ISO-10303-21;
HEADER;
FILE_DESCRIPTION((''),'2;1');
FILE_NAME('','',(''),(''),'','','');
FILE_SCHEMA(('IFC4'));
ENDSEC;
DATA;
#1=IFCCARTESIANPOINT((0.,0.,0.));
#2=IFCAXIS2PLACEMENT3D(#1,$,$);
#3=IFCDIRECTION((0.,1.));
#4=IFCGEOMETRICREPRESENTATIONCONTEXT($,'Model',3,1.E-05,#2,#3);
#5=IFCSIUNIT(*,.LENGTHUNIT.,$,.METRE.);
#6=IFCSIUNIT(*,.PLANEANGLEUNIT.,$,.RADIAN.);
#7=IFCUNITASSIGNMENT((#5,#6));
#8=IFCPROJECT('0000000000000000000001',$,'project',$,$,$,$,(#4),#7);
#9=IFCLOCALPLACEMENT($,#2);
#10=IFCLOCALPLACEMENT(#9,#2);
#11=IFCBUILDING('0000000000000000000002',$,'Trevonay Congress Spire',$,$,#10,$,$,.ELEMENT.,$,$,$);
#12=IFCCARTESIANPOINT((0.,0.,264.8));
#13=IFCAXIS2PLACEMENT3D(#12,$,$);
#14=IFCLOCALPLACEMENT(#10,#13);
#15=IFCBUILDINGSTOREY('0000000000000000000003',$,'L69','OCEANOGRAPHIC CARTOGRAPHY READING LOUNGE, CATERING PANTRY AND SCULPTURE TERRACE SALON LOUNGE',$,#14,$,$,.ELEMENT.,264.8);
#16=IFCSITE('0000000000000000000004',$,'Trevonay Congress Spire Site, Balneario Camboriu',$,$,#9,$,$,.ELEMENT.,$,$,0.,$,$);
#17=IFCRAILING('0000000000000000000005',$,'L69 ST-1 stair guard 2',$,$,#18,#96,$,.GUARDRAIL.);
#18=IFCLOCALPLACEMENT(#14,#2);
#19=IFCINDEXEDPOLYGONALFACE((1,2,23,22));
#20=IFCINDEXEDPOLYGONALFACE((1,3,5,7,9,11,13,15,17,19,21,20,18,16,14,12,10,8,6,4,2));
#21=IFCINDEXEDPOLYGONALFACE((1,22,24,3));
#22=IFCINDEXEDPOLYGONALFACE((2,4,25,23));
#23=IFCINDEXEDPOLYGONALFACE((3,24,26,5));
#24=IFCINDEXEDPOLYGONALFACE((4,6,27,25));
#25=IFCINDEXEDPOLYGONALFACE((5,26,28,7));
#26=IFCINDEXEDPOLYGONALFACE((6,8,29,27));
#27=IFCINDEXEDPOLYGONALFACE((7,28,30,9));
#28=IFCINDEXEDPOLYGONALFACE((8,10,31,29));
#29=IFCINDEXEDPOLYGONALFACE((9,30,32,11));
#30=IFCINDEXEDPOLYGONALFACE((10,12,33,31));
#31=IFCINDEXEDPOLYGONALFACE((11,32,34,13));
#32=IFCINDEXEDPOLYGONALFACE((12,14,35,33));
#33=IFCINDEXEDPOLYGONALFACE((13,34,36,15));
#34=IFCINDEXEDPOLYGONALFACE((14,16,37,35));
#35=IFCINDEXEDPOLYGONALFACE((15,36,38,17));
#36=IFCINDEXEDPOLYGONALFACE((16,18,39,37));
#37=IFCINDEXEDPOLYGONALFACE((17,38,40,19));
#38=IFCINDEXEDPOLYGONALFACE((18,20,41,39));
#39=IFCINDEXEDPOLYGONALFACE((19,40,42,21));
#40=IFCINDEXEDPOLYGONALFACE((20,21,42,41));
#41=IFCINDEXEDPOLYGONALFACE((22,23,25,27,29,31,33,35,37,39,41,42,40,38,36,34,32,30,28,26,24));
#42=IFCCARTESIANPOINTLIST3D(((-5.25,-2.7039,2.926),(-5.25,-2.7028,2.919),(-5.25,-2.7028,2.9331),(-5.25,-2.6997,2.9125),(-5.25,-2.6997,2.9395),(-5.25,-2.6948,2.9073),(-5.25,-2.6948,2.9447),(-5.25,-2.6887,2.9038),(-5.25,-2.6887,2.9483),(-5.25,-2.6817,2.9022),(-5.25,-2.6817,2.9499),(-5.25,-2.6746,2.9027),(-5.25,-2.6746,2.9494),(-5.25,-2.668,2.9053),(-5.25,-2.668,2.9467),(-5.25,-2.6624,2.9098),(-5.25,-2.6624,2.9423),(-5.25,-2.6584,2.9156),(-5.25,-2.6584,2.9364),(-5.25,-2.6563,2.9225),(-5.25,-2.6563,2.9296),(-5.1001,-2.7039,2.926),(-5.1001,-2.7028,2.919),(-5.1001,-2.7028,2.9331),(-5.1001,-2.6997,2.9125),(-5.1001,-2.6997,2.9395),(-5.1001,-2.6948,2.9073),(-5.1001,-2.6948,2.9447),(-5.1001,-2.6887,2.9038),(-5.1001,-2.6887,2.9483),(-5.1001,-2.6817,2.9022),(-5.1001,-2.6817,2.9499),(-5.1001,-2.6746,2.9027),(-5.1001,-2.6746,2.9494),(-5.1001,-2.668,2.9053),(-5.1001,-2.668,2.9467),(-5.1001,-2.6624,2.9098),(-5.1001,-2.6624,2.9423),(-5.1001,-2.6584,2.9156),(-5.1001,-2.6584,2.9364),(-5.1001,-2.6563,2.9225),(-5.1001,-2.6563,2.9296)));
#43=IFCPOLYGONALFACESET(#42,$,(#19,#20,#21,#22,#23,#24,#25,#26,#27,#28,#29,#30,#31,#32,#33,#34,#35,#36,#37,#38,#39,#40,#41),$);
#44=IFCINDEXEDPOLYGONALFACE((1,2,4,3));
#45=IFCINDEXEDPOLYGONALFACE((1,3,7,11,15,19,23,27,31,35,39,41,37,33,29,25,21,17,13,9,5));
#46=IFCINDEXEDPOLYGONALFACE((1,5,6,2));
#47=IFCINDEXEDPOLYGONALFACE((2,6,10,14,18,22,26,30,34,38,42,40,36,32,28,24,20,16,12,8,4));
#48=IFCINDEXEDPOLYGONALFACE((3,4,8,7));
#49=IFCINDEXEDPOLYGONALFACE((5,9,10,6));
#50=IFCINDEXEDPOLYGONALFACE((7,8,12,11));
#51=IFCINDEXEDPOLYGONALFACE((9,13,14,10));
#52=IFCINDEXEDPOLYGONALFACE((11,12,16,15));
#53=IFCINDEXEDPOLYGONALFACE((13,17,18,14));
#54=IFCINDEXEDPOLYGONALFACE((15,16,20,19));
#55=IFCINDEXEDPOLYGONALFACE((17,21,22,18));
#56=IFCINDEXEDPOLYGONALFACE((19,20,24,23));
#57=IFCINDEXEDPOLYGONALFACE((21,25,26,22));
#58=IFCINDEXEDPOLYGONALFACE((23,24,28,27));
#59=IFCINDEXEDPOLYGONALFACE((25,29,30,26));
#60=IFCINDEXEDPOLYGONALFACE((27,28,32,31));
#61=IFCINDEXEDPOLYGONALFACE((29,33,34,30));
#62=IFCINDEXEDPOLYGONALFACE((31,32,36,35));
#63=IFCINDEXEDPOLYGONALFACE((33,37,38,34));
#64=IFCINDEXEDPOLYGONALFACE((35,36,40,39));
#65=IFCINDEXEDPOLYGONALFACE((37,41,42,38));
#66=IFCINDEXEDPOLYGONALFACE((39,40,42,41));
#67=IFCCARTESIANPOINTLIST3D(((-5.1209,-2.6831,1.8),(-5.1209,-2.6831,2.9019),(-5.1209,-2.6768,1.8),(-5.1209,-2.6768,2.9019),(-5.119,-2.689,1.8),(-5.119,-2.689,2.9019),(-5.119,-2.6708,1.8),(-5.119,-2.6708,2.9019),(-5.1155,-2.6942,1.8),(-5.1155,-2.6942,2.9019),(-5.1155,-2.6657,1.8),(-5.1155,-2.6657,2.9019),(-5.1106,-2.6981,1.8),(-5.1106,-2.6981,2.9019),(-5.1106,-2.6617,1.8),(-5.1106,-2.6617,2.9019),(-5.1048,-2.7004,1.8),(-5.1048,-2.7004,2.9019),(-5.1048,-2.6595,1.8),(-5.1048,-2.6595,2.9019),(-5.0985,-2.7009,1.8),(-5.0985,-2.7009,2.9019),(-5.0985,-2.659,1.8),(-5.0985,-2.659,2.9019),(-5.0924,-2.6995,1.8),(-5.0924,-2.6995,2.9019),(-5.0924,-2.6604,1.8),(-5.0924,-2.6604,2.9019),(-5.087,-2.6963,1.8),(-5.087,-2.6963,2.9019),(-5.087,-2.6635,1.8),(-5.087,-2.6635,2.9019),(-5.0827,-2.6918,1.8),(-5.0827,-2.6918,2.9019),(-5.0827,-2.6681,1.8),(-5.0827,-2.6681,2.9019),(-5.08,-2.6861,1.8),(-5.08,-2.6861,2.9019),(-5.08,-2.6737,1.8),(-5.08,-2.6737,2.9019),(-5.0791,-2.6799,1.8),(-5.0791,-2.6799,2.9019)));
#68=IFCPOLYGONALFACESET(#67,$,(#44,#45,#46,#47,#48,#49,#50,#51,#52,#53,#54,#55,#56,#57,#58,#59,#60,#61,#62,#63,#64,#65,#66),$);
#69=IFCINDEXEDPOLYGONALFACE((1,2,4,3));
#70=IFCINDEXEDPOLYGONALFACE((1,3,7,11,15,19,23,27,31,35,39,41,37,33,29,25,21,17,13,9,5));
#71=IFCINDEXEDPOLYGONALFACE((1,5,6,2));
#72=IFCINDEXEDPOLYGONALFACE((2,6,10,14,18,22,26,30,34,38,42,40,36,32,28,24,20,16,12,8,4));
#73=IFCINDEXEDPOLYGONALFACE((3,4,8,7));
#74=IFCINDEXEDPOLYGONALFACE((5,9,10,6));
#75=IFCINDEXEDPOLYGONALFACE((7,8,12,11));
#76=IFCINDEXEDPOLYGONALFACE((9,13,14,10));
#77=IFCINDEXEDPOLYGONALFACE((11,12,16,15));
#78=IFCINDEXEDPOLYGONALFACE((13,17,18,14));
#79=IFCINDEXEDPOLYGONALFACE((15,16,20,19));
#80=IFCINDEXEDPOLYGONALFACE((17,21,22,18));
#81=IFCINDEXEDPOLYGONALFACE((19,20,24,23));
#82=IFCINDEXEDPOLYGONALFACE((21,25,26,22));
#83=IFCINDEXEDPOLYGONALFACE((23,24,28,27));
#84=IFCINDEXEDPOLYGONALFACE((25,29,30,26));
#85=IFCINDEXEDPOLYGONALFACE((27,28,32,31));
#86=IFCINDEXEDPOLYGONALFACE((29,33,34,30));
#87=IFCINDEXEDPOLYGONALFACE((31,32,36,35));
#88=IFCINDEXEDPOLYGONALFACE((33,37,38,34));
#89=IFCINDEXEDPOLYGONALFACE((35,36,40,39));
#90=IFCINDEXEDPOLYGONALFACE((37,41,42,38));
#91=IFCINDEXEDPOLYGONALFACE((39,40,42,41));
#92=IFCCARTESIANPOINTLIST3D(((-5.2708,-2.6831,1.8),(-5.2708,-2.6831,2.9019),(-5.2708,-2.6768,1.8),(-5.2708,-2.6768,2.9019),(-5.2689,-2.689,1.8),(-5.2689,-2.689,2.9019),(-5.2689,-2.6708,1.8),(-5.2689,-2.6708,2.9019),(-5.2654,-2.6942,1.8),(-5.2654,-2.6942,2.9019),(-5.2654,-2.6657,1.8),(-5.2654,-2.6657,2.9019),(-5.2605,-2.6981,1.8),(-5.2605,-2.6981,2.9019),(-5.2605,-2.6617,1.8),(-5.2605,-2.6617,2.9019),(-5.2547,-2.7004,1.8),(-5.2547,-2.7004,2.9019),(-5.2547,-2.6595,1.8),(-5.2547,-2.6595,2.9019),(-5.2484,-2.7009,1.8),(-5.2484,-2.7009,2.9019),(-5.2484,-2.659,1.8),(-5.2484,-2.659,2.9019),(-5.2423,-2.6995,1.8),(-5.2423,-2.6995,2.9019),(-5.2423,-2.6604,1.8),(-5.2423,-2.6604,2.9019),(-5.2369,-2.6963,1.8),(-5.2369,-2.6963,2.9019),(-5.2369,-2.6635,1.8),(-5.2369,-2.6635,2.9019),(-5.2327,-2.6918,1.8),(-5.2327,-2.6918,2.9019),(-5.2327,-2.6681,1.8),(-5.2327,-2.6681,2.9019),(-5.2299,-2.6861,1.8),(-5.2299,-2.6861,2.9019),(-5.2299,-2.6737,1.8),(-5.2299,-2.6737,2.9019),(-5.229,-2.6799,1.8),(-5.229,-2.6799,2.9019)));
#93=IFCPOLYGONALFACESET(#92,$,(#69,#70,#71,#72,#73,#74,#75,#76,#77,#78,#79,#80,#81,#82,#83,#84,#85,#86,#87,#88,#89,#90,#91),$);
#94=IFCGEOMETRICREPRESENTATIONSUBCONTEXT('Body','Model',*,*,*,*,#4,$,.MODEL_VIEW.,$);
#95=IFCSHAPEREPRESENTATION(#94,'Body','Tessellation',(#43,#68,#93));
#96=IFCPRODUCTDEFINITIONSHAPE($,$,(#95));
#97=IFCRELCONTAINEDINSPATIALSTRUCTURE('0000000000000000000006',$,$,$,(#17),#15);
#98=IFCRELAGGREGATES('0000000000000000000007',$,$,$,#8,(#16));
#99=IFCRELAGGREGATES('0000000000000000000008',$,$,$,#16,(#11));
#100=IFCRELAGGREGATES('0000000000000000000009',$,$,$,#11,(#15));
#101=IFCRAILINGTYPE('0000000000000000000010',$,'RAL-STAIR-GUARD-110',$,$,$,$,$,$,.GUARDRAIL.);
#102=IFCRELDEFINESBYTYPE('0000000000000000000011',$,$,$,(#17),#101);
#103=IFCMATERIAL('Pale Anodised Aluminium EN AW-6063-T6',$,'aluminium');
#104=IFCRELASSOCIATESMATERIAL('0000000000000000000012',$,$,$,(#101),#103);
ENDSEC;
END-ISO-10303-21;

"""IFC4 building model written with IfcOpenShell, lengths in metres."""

from ifc_helpers import new_model, si_unit, direction, frame, origin, origin_2d, place, context, subcontext, project, spatial, circle, extrude, material, type_object, element, save


model = new_model("IFC4")

# Units and contexts
model_context = context("Model", 3, precision=1e-05, world=origin(), true_north=direction((0.0, 1.0)))
body_context = subcontext(model_context, "Body", "Model", "MODEL_VIEW")
ifc_project = project(units=[si_unit("LENGTHUNIT", "METRE"), si_unit("PLANEANGLEUNIT", "RADIAN")], contexts=[model_context])

# Site, building, storey
site_placement = place(None, origin())
site = spatial("IfcSite", under=ifc_project, at=site_placement, Name="Trevonay Congress Spire Site, Balneario Camboriu", CompositionType="ELEMENT", RefElevation=0.0)
building_placement = place(site_placement, origin())
building = spatial("IfcBuilding", under=site, at=building_placement, Name="Trevonay Congress Spire", CompositionType="ELEMENT")
storey_placement = place(building_placement, frame((0.0, 0.0, 264.8)))
storey = spatial("IfcBuildingStorey", under=building, at=storey_placement, Name="L69", Description="OCEANOGRAPHIC CARTOGRAPHY READING LOUNGE, CATERING PANTRY AND SCULPTURE TERRACE SALON LOUNGE", CompositionType="ELEMENT", Elevation=264.8)

# Railing
ifc_material_1 = material(Name="Pale Anodised Aluminium EN AW-6063-T6", Category="aluminium")
railing_type_1 = type_object("IfcRailingType", Name="RAL-STAIR-GUARD-110", PredefinedType="GUARDRAIL", material=ifc_material_1)
railing_1_placement = place(storey_placement, frame((-5.1001, -2.6799, 1.8)))
element("IfcRailing", 1, at=railing_1_placement, inside=storey, type_object=railing_type_1, Name="L69 ST-1 stair guard 2", PredefinedType="GUARDRAIL", context=body_context, shape_type="SweptSolid", body=[
    extrude(circle(Radius=0.0239, at=origin_2d()), frame((0.0, 0.0, 1.126), z_axis=(-1.0, 0.0, 0.0), x_axis=(0.0, -1.0, 0.0)), (0.0, 0.0, 1.0), 0.1499),
    extrude(circle(Radius=0.021, at=origin_2d()), origin(), (0.0, 0.0, 1.0), 1.1018),
    extrude(circle(Radius=0.021, at=origin_2d()), frame((-0.1499, 0.0, 0.0)), (0.0, 0.0, 1.0), 1.1018),
])

save(model, "model.ifc")
